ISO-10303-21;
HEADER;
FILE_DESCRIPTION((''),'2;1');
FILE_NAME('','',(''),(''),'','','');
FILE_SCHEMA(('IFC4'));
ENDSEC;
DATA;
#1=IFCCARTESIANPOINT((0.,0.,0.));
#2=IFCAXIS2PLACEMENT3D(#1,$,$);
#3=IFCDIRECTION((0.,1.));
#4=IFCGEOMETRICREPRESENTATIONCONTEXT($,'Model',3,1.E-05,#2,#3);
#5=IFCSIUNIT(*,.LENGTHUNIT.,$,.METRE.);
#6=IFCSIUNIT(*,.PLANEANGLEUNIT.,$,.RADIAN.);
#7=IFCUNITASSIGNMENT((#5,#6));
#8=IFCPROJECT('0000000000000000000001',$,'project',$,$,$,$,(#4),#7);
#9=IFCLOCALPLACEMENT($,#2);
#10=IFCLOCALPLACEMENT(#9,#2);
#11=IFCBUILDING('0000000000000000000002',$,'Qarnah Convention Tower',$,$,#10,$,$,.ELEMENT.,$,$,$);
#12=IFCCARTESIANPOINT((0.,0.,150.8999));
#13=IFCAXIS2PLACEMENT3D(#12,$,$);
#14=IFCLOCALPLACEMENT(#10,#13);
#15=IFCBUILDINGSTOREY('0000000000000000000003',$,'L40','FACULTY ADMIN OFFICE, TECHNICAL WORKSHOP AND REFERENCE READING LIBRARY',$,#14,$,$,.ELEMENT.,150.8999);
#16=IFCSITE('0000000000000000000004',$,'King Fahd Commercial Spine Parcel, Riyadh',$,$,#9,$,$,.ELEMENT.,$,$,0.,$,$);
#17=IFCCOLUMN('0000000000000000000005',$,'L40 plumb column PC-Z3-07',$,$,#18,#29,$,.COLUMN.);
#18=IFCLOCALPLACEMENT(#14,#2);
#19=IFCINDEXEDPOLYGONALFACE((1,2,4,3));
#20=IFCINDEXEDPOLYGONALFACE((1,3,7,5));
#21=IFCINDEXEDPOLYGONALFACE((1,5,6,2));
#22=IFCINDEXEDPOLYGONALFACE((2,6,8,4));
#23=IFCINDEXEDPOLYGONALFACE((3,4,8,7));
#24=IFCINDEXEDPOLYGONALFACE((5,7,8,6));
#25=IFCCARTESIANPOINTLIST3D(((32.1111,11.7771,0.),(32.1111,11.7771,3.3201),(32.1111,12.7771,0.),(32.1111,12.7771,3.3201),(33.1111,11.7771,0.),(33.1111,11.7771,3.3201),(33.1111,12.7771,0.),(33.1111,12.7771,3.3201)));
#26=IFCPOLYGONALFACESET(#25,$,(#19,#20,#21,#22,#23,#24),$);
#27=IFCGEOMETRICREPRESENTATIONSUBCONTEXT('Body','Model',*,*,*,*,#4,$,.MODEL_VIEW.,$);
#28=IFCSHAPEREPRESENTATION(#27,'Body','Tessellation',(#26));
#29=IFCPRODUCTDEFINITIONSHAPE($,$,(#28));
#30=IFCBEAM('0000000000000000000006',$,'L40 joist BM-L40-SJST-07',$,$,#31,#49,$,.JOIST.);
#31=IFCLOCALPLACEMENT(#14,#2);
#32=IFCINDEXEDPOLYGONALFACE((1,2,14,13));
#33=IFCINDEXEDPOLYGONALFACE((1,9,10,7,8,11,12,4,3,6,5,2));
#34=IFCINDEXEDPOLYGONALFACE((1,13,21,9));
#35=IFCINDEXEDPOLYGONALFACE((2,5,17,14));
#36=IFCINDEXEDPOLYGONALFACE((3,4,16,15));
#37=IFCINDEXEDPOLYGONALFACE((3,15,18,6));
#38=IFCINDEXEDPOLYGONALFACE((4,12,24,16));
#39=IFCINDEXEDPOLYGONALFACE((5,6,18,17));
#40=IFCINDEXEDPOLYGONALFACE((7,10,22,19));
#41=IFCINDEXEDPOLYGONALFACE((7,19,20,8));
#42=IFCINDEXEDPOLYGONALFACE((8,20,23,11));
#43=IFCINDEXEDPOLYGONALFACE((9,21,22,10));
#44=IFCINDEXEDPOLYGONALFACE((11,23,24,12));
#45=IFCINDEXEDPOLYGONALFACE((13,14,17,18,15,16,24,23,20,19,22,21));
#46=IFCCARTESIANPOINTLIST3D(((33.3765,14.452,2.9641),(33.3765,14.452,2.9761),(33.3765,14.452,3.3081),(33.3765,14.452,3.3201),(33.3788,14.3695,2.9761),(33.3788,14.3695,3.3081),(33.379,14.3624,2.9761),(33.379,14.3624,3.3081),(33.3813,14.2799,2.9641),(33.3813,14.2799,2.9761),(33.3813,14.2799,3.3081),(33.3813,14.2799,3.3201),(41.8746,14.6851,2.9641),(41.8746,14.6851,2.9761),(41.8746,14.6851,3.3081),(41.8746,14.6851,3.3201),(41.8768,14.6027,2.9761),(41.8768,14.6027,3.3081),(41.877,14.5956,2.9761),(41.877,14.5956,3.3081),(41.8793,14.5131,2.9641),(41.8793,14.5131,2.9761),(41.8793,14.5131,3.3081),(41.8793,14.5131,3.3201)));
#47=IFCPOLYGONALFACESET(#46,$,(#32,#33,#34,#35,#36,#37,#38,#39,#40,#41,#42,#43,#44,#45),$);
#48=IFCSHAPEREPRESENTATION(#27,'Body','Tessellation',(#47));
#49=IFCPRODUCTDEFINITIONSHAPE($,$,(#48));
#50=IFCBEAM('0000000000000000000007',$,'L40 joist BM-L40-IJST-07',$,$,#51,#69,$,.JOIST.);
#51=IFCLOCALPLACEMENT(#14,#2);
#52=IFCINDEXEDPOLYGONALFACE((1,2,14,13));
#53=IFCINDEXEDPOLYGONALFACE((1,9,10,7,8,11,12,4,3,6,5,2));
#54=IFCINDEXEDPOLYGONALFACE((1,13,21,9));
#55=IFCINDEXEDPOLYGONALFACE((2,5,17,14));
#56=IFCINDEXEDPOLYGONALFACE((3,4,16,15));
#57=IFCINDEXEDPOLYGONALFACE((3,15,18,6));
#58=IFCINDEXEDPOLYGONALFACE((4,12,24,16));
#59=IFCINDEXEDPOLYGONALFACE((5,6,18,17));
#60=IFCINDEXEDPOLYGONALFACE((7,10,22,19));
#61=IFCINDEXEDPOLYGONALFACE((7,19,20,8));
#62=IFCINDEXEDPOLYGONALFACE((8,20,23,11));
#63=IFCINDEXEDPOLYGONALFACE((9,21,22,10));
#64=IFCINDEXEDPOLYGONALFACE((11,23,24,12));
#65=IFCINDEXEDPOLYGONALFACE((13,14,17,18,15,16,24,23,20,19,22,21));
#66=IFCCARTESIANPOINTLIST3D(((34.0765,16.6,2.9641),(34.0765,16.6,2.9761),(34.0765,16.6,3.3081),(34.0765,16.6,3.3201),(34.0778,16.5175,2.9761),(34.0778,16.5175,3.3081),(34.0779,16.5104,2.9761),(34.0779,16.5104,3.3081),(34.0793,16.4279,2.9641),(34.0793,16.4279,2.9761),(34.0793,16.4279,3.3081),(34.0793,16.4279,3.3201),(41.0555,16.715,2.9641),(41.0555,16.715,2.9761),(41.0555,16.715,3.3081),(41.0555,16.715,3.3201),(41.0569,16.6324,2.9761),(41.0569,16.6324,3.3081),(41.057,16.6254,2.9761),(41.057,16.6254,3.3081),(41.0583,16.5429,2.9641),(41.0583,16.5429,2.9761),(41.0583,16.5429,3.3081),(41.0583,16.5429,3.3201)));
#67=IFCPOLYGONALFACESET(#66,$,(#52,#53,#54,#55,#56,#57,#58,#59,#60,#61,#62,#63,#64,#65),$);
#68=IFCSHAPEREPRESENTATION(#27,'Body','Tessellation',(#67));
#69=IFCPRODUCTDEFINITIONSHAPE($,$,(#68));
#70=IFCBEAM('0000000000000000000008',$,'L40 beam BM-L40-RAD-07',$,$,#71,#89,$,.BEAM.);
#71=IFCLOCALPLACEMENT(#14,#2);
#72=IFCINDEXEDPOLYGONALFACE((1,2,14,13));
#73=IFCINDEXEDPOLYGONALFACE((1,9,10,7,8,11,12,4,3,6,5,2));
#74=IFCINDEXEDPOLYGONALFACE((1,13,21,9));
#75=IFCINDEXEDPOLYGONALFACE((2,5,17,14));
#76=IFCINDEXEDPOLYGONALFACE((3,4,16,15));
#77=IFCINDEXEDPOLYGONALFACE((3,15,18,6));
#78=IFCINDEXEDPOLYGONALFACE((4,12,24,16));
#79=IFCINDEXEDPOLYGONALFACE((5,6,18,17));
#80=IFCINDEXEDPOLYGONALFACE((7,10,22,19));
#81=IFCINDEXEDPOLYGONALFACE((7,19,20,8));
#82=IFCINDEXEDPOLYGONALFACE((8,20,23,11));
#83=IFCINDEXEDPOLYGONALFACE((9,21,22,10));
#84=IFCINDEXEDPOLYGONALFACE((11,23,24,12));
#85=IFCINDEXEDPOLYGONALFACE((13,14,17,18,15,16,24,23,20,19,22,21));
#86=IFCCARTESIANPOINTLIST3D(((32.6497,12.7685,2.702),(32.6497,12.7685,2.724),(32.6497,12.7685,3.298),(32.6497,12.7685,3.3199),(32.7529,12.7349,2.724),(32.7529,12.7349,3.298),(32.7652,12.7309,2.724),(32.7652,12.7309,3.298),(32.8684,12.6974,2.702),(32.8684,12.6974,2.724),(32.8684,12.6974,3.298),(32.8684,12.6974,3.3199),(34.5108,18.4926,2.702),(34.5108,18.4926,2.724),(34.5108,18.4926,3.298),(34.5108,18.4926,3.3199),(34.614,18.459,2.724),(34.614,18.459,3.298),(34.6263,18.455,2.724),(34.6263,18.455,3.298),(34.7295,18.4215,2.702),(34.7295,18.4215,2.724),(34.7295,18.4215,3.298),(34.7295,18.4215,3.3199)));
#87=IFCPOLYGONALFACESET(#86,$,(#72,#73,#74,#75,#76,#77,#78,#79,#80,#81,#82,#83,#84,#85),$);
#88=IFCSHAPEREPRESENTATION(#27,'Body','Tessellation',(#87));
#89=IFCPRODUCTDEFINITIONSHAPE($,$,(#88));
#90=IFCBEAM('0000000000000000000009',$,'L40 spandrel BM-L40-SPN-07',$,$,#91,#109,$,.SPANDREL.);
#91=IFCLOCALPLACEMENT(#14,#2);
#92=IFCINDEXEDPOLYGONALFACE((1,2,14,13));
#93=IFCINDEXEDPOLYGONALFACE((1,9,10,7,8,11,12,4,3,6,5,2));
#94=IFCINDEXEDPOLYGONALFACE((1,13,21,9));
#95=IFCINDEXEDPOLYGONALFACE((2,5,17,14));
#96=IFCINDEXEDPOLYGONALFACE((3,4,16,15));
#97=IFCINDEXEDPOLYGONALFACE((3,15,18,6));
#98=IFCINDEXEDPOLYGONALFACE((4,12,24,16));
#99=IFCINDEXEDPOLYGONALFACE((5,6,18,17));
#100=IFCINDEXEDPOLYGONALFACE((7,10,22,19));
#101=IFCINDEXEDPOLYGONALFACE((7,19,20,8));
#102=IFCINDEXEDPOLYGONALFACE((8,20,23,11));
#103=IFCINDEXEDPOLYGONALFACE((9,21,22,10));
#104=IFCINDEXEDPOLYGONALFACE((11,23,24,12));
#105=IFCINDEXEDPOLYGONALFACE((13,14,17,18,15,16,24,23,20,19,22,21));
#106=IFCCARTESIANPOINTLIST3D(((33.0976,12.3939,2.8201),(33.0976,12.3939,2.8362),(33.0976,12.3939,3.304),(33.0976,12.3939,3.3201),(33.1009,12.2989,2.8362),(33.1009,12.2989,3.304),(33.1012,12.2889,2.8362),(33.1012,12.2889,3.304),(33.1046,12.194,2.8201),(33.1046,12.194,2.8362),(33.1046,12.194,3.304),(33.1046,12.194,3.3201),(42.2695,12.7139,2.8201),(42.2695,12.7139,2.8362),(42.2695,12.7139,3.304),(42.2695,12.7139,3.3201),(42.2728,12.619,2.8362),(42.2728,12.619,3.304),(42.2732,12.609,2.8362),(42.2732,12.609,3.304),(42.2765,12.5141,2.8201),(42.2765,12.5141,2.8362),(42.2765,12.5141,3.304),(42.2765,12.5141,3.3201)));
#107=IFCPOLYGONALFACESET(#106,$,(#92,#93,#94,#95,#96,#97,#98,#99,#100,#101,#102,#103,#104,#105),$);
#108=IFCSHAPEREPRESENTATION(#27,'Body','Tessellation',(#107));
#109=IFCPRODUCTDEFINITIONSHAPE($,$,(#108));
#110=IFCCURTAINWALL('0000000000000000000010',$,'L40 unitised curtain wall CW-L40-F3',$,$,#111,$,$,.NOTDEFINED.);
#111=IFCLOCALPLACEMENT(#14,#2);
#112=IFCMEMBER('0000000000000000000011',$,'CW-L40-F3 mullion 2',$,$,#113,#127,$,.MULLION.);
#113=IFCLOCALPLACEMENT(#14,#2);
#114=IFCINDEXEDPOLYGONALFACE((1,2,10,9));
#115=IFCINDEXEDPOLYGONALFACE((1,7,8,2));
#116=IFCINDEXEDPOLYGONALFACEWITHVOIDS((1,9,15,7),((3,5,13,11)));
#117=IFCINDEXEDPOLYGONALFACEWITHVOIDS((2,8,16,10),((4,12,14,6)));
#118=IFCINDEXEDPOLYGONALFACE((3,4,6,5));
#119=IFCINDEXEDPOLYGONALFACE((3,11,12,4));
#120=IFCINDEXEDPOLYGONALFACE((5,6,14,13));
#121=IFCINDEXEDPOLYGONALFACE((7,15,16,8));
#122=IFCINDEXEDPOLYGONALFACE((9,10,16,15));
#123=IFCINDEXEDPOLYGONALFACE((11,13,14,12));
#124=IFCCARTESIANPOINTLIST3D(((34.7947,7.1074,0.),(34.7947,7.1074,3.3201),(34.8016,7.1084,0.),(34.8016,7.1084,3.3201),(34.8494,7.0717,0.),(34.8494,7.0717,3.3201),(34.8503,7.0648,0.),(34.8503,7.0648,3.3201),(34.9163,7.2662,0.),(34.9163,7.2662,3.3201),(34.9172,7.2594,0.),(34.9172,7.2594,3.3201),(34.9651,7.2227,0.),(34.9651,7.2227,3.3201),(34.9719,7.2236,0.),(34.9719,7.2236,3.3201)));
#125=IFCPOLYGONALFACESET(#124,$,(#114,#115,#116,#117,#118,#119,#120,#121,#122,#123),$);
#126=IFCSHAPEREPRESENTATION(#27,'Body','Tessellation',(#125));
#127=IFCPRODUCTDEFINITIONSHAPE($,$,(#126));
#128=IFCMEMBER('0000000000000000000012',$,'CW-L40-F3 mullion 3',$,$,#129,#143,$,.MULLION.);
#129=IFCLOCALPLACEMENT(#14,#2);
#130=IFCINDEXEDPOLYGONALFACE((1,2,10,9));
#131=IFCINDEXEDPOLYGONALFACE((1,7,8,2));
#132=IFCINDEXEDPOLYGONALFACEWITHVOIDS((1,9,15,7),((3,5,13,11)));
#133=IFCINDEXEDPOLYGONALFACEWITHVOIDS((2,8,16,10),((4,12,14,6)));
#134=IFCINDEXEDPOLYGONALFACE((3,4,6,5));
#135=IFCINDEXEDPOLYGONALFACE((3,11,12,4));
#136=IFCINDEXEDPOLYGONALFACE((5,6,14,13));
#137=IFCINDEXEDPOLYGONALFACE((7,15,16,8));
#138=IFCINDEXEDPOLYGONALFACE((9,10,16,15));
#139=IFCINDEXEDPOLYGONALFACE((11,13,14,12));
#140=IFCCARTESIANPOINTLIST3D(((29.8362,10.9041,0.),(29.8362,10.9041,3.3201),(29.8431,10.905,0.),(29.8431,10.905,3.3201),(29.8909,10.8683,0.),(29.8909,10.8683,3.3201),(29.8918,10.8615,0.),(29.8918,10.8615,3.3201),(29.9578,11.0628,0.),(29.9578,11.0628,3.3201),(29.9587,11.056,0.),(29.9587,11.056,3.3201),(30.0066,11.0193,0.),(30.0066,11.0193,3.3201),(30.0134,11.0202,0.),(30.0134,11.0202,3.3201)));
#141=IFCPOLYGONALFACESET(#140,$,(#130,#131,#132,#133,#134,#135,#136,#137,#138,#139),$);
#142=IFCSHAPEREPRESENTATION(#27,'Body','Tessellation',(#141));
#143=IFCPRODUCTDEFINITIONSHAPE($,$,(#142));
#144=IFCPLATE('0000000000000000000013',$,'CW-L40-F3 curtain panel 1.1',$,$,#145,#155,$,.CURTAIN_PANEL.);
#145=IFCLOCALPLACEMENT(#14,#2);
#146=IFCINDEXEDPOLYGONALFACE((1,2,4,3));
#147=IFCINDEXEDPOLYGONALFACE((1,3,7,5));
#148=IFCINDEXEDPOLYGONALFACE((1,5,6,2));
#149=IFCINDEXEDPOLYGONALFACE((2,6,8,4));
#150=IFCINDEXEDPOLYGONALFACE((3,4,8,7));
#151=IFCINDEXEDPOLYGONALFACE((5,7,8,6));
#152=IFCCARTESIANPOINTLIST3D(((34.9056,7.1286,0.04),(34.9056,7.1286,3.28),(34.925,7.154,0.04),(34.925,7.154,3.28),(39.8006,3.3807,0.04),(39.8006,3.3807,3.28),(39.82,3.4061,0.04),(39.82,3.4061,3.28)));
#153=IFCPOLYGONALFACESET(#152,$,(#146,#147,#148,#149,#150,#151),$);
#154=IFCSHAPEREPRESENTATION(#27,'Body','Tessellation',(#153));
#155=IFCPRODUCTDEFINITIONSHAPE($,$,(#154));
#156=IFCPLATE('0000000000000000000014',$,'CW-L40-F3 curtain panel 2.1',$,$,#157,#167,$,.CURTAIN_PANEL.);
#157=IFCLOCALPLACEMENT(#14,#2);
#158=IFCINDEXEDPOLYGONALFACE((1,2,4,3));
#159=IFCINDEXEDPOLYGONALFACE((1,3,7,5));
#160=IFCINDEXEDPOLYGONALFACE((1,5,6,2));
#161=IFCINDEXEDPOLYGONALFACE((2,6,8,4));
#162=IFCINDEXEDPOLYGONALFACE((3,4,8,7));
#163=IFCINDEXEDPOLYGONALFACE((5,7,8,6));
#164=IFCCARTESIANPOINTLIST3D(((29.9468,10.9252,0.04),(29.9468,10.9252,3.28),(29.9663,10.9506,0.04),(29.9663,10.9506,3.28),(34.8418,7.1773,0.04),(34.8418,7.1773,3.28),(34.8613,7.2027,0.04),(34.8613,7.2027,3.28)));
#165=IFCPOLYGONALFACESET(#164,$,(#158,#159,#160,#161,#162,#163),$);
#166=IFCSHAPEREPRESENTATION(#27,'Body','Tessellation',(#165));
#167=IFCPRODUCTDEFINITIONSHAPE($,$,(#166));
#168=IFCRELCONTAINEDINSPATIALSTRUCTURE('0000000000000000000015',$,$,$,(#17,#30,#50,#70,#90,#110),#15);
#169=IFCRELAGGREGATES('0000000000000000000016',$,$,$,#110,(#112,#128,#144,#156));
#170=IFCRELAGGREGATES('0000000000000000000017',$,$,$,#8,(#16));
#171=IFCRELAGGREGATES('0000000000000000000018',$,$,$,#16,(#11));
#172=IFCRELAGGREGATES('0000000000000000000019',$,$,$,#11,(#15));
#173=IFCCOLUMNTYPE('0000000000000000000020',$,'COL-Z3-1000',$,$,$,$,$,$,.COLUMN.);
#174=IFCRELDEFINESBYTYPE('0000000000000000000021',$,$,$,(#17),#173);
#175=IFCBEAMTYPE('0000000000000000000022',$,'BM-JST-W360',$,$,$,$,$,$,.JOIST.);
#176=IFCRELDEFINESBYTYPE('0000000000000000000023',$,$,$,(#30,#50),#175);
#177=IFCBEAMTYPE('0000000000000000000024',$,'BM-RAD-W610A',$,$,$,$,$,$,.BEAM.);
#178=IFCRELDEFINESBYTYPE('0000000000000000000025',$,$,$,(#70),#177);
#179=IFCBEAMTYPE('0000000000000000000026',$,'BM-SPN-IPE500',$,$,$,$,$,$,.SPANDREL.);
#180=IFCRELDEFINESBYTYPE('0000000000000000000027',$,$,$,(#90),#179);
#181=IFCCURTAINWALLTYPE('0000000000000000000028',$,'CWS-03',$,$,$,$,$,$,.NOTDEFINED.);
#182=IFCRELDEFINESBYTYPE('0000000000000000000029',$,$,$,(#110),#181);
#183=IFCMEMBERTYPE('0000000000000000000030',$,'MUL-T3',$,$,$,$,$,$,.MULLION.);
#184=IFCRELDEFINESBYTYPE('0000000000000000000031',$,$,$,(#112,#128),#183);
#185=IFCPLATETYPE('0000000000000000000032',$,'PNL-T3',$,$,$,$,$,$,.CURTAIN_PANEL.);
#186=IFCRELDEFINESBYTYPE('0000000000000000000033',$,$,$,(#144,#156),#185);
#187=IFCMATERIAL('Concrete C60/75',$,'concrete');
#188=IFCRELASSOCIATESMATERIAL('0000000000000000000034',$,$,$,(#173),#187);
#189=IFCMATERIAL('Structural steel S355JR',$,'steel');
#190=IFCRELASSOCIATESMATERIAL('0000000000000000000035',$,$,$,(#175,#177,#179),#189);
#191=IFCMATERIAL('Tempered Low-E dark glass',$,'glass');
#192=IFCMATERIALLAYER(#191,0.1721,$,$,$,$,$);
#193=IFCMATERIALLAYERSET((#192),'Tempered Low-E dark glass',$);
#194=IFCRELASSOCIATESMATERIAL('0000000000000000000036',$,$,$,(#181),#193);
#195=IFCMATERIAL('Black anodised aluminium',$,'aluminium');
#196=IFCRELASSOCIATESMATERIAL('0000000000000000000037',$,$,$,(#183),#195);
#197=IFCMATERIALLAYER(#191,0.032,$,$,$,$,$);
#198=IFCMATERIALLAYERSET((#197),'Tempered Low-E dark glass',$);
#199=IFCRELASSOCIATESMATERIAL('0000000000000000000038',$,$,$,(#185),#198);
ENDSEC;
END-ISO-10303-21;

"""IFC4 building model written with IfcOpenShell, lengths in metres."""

from ifc_helpers import new_model, si_unit, direction, frame, origin, origin_2d, place, context, subcontext, project, spatial, rectangle, hollow_rectangle, i_section, extrude, material, layer, layer_set, material_profile, profile_set, type_object, element, aggregate, save


model = new_model("IFC4")

# Units and contexts
model_context = context("Model", 3, precision=1e-05, world=origin(), true_north=direction((0.0, 1.0)))
body_context = subcontext(model_context, "Body", "Model", "MODEL_VIEW")
ifc_project = project(units=[si_unit("LENGTHUNIT", "METRE"), si_unit("PLANEANGLEUNIT", "RADIAN")], contexts=[model_context])

# Site, building, storey
site_placement = place(None, origin())
site = spatial("IfcSite", under=ifc_project, at=site_placement, Name="King Fahd Commercial Spine Parcel, Riyadh", CompositionType="ELEMENT", RefElevation=0.0)
building_placement = place(site_placement, origin())
building = spatial("IfcBuilding", under=site, at=building_placement, Name="Qarnah Convention Tower", CompositionType="ELEMENT")
storey_placement = place(building_placement, frame((0.0, 0.0, 150.8999)))
storey = spatial("IfcBuildingStorey", under=building, at=storey_placement, Name="L40", Description="FACULTY ADMIN OFFICE, TECHNICAL WORKSHOP AND REFERENCE READING LIBRARY", CompositionType="ELEMENT", Elevation=150.8999)

# Column
ifc_material_1 = material(Name="Concrete C60/75", Category="concrete")
ifc_material_profile_1 = material_profile(ifc_material_1, rectangle(XDim=1.0, YDim=1.0, at=origin_2d()), Name="RC-COL-1000X1000")
ifc_profile_set_1 = profile_set([ifc_material_profile_1], Name="Concrete C60/75")
column_type = type_object("IfcColumnType", Name="COL-Z3-1000", PredefinedType="COLUMN", material=ifc_profile_set_1)
column_placement = place(storey_placement, frame((32.6111, 12.2771, 0.0), z_axis=(0.0, 0.0, 1.0), x_axis=(1.0, 0.0, 0.0)))
element("IfcColumn", 1, at=column_placement, inside=storey, type_object=column_type, Name="L40 plumb column PC-Z3-07", PredefinedType="COLUMN", context=body_context, shape_type="SweptSolid", body=[
    extrude(rectangle(XDim=1.0, YDim=1.0, at=origin_2d()), origin(), (0.0, 0.0, 1.0), 3.3201),
])

# Beams
ifc_material_2 = material(Name="Structural steel S355JR", Category="steel")
ifc_material_profile_2 = material_profile(ifc_material_2, i_section(OverallWidth=0.1721, OverallDepth=0.356, WebThickness=0.0071, FlangeThickness=0.012, at=origin_2d()), Name="W360X51")
ifc_profile_set_2 = profile_set([ifc_material_profile_2], Name="Structural steel S355JR")
beam_type_1 = type_object("IfcBeamType", Name="BM-JST-W360", PredefinedType="JOIST", material=ifc_profile_set_2)
beam_1_placement = place(storey_placement, frame((33.3789, 14.366, 3.1421), z_axis=(0.999624, 0.027426, 0.0), x_axis=(-0.027426, 0.999624, 0.0)))
element("IfcBeam", 2, at=beam_1_placement, inside=storey, type_object=beam_type_1, Name="L40 joist BM-L40-SJST-07", PredefinedType="JOIST", context=body_context, shape_type="SweptSolid", body=[
    extrude(i_section(OverallWidth=0.1721, OverallDepth=0.356, WebThickness=0.0071, FlangeThickness=0.012, at=origin_2d()), origin(), (0.0, 0.0, 1.0), 8.5012),
])
beam_2_placement = place(storey_placement, frame((34.0779, 16.5139, 3.1421), z_axis=(0.999864, 0.016474, 0.0), x_axis=(-0.016474, 0.999864, 0.0)))
element("IfcBeam", 3, at=beam_2_placement, inside=storey, type_object=beam_type_1, Name="L40 joist BM-L40-IJST-07", PredefinedType="JOIST", context=body_context, shape_type="SweptSolid", body=[
    extrude(i_section(OverallWidth=0.1721, OverallDepth=0.356, WebThickness=0.0071, FlangeThickness=0.012, at=origin_2d()), origin(), (0.0, 0.0, 1.0), 6.98),
])
ifc_material_profile_3 = material_profile(ifc_material_2, i_section(OverallWidth=0.23, OverallDepth=0.6179, WebThickness=0.0129, FlangeThickness=0.022, at=origin_2d()), Name="W610X140")
ifc_profile_set_3 = profile_set([ifc_material_profile_3], Name="Structural steel S355JR")
beam_type_2 = type_object("IfcBeamType", Name="BM-RAD-W610A", PredefinedType="BEAM", material=ifc_profile_set_3)
beam_3_placement = place(storey_placement, frame((34.6201, 18.457, 3.011), z_axis=(-0.309198, -0.950998, 0.0), x_axis=(0.950998, -0.309198, 0.0)))
element("IfcBeam", 4, at=beam_3_placement, inside=storey, type_object=beam_type_2, Name="L40 beam BM-L40-RAD-07", PredefinedType="BEAM", context=body_context, shape_type="SweptSolid", body=[
    extrude(i_section(OverallWidth=0.23, OverallDepth=0.6179, WebThickness=0.0129, FlangeThickness=0.022, at=origin_2d()), origin(), (0.0, 0.0, 1.0), 6.019),
])
ifc_material_profile_4 = material_profile(ifc_material_2, i_section(OverallWidth=0.2, OverallDepth=0.5, WebThickness=0.01, FlangeThickness=0.0161, at=origin_2d()), Name="IPE500")
ifc_profile_set_4 = profile_set([ifc_material_profile_4], Name="Structural steel S355JR")
beam_type_3 = type_object("IfcBeamType", Name="BM-SPN-IPE500", PredefinedType="SPANDREL", material=ifc_profile_set_4)
beam_4_placement = place(storey_placement, frame((33.1011, 12.2939, 3.0701), z_axis=(0.999392, 0.034875, 0.0), x_axis=(-0.034875, 0.999392, 0.0)))
element("IfcBeam", 5, at=beam_4_placement, inside=storey, type_object=beam_type_3, Name="L40 spandrel BM-L40-SPN-07", PredefinedType="SPANDREL", context=body_context, shape_type="SweptSolid", body=[
    extrude(i_section(OverallWidth=0.2, OverallDepth=0.5, WebThickness=0.01, FlangeThickness=0.0161, at=origin_2d()), origin(), (0.0, 0.0, 1.0), 9.1775),
])

# Curtain wall, members, plates
ifc_material_3 = material(Name="Tempered Low-E dark glass", Category="glass")
ifc_layer_1 = layer(ifc_material_3, 0.1721)
ifc_layer_set_1 = layer_set([ifc_layer_1], Name="Tempered Low-E dark glass")
curtain_wall_type = type_object("IfcCurtainWallType", Name="CWS-03", PredefinedType="NOTDEFINED", material=ifc_layer_set_1)
curtain_wall_placement = place(storey_placement, origin())
curtain_wall = element("IfcCurtainWall", 6, at=curtain_wall_placement, inside=storey, type_object=curtain_wall_type, Name="L40 unitised curtain wall CW-L40-F3", PredefinedType="NOTDEFINED")
ifc_material_4 = material(Name="Black anodised aluminium", Category="aluminium")
ifc_material_profile_5 = material_profile(ifc_material_4, hollow_rectangle(XDim=0.0701, YDim=0.2, WallThickness=0.0049, at=origin_2d()), Name="MUL-70X200")
ifc_profile_set_5 = profile_set([ifc_material_profile_5], Name="Black anodised aluminium")
member_type = type_object("IfcMemberType", Name="MUL-T3", PredefinedType="MULLION", material=ifc_profile_set_5)
member_1_placement = place(storey_placement, frame((34.8833, 7.1655, 0.0), z_axis=(0.0, 0.0, 1.0), x_axis=(-0.793992, 0.607928, 0.0)))
member_1 = element("IfcMember", 7, at=member_1_placement, type_object=member_type, Name="CW-L40-F3 mullion 2", PredefinedType="MULLION", context=body_context, shape_type="SweptSolid", body=[
    extrude(hollow_rectangle(XDim=0.0701, YDim=0.2, WallThickness=0.0049, at=origin_2d()), origin(), (0.0, 0.0, 1.0), 3.3201),
])
member_2_placement = place(storey_placement, frame((29.9248, 10.9622, 0.0), z_axis=(0.0, 0.0, 1.0), x_axis=(-0.793992, 0.607928, 0.0)))
member_2 = element("IfcMember", 8, at=member_2_placement, type_object=member_type, Name="CW-L40-F3 mullion 3", PredefinedType="MULLION", context=body_context, shape_type="SweptSolid", body=[
    extrude(hollow_rectangle(XDim=0.0701, YDim=0.2, WallThickness=0.0049, at=origin_2d()), origin(), (0.0, 0.0, 1.0), 3.3201),
])
ifc_layer_2 = layer(ifc_material_3, 0.032)
ifc_layer_set_2 = layer_set([ifc_layer_2], Name="Tempered Low-E dark glass")
plate_type = type_object("IfcPlateType", Name="PNL-T3", PredefinedType="CURTAIN_PANEL", material=ifc_layer_set_2)
plate_1_placement = place(storey_placement, frame((37.3628, 5.2673, 0.04), z_axis=(0.0, 0.0, 1.0), x_axis=(-0.793992, 0.607928, 0.0)))
plate_1 = element("IfcPlate", 9, at=plate_1_placement, type_object=plate_type, Name="CW-L40-F3 curtain panel 1.1", PredefinedType="CURTAIN_PANEL", context=body_context, shape_type="SweptSolid", body=[
    extrude(rectangle(XDim=6.165, YDim=0.032, at=origin_2d()), origin(), (0.0, 0.0, 1.0), 3.24),
])
plate_2_placement = place(storey_placement, frame((32.4041, 9.064, 0.04), z_axis=(0.0, 0.0, 1.0), x_axis=(-0.793992, 0.607928, 0.0)))
plate_2 = element("IfcPlate", 10, at=plate_2_placement, type_object=plate_type, Name="CW-L40-F3 curtain panel 2.1", PredefinedType="CURTAIN_PANEL", context=body_context, shape_type="SweptSolid", body=[
    extrude(rectangle(XDim=6.165, YDim=0.032, at=origin_2d()), origin(), (0.0, 0.0, 1.0), 3.24),
])
aggregate(curtain_wall, [member_1, member_2, plate_1, plate_2])

save(model, "model.ifc")
